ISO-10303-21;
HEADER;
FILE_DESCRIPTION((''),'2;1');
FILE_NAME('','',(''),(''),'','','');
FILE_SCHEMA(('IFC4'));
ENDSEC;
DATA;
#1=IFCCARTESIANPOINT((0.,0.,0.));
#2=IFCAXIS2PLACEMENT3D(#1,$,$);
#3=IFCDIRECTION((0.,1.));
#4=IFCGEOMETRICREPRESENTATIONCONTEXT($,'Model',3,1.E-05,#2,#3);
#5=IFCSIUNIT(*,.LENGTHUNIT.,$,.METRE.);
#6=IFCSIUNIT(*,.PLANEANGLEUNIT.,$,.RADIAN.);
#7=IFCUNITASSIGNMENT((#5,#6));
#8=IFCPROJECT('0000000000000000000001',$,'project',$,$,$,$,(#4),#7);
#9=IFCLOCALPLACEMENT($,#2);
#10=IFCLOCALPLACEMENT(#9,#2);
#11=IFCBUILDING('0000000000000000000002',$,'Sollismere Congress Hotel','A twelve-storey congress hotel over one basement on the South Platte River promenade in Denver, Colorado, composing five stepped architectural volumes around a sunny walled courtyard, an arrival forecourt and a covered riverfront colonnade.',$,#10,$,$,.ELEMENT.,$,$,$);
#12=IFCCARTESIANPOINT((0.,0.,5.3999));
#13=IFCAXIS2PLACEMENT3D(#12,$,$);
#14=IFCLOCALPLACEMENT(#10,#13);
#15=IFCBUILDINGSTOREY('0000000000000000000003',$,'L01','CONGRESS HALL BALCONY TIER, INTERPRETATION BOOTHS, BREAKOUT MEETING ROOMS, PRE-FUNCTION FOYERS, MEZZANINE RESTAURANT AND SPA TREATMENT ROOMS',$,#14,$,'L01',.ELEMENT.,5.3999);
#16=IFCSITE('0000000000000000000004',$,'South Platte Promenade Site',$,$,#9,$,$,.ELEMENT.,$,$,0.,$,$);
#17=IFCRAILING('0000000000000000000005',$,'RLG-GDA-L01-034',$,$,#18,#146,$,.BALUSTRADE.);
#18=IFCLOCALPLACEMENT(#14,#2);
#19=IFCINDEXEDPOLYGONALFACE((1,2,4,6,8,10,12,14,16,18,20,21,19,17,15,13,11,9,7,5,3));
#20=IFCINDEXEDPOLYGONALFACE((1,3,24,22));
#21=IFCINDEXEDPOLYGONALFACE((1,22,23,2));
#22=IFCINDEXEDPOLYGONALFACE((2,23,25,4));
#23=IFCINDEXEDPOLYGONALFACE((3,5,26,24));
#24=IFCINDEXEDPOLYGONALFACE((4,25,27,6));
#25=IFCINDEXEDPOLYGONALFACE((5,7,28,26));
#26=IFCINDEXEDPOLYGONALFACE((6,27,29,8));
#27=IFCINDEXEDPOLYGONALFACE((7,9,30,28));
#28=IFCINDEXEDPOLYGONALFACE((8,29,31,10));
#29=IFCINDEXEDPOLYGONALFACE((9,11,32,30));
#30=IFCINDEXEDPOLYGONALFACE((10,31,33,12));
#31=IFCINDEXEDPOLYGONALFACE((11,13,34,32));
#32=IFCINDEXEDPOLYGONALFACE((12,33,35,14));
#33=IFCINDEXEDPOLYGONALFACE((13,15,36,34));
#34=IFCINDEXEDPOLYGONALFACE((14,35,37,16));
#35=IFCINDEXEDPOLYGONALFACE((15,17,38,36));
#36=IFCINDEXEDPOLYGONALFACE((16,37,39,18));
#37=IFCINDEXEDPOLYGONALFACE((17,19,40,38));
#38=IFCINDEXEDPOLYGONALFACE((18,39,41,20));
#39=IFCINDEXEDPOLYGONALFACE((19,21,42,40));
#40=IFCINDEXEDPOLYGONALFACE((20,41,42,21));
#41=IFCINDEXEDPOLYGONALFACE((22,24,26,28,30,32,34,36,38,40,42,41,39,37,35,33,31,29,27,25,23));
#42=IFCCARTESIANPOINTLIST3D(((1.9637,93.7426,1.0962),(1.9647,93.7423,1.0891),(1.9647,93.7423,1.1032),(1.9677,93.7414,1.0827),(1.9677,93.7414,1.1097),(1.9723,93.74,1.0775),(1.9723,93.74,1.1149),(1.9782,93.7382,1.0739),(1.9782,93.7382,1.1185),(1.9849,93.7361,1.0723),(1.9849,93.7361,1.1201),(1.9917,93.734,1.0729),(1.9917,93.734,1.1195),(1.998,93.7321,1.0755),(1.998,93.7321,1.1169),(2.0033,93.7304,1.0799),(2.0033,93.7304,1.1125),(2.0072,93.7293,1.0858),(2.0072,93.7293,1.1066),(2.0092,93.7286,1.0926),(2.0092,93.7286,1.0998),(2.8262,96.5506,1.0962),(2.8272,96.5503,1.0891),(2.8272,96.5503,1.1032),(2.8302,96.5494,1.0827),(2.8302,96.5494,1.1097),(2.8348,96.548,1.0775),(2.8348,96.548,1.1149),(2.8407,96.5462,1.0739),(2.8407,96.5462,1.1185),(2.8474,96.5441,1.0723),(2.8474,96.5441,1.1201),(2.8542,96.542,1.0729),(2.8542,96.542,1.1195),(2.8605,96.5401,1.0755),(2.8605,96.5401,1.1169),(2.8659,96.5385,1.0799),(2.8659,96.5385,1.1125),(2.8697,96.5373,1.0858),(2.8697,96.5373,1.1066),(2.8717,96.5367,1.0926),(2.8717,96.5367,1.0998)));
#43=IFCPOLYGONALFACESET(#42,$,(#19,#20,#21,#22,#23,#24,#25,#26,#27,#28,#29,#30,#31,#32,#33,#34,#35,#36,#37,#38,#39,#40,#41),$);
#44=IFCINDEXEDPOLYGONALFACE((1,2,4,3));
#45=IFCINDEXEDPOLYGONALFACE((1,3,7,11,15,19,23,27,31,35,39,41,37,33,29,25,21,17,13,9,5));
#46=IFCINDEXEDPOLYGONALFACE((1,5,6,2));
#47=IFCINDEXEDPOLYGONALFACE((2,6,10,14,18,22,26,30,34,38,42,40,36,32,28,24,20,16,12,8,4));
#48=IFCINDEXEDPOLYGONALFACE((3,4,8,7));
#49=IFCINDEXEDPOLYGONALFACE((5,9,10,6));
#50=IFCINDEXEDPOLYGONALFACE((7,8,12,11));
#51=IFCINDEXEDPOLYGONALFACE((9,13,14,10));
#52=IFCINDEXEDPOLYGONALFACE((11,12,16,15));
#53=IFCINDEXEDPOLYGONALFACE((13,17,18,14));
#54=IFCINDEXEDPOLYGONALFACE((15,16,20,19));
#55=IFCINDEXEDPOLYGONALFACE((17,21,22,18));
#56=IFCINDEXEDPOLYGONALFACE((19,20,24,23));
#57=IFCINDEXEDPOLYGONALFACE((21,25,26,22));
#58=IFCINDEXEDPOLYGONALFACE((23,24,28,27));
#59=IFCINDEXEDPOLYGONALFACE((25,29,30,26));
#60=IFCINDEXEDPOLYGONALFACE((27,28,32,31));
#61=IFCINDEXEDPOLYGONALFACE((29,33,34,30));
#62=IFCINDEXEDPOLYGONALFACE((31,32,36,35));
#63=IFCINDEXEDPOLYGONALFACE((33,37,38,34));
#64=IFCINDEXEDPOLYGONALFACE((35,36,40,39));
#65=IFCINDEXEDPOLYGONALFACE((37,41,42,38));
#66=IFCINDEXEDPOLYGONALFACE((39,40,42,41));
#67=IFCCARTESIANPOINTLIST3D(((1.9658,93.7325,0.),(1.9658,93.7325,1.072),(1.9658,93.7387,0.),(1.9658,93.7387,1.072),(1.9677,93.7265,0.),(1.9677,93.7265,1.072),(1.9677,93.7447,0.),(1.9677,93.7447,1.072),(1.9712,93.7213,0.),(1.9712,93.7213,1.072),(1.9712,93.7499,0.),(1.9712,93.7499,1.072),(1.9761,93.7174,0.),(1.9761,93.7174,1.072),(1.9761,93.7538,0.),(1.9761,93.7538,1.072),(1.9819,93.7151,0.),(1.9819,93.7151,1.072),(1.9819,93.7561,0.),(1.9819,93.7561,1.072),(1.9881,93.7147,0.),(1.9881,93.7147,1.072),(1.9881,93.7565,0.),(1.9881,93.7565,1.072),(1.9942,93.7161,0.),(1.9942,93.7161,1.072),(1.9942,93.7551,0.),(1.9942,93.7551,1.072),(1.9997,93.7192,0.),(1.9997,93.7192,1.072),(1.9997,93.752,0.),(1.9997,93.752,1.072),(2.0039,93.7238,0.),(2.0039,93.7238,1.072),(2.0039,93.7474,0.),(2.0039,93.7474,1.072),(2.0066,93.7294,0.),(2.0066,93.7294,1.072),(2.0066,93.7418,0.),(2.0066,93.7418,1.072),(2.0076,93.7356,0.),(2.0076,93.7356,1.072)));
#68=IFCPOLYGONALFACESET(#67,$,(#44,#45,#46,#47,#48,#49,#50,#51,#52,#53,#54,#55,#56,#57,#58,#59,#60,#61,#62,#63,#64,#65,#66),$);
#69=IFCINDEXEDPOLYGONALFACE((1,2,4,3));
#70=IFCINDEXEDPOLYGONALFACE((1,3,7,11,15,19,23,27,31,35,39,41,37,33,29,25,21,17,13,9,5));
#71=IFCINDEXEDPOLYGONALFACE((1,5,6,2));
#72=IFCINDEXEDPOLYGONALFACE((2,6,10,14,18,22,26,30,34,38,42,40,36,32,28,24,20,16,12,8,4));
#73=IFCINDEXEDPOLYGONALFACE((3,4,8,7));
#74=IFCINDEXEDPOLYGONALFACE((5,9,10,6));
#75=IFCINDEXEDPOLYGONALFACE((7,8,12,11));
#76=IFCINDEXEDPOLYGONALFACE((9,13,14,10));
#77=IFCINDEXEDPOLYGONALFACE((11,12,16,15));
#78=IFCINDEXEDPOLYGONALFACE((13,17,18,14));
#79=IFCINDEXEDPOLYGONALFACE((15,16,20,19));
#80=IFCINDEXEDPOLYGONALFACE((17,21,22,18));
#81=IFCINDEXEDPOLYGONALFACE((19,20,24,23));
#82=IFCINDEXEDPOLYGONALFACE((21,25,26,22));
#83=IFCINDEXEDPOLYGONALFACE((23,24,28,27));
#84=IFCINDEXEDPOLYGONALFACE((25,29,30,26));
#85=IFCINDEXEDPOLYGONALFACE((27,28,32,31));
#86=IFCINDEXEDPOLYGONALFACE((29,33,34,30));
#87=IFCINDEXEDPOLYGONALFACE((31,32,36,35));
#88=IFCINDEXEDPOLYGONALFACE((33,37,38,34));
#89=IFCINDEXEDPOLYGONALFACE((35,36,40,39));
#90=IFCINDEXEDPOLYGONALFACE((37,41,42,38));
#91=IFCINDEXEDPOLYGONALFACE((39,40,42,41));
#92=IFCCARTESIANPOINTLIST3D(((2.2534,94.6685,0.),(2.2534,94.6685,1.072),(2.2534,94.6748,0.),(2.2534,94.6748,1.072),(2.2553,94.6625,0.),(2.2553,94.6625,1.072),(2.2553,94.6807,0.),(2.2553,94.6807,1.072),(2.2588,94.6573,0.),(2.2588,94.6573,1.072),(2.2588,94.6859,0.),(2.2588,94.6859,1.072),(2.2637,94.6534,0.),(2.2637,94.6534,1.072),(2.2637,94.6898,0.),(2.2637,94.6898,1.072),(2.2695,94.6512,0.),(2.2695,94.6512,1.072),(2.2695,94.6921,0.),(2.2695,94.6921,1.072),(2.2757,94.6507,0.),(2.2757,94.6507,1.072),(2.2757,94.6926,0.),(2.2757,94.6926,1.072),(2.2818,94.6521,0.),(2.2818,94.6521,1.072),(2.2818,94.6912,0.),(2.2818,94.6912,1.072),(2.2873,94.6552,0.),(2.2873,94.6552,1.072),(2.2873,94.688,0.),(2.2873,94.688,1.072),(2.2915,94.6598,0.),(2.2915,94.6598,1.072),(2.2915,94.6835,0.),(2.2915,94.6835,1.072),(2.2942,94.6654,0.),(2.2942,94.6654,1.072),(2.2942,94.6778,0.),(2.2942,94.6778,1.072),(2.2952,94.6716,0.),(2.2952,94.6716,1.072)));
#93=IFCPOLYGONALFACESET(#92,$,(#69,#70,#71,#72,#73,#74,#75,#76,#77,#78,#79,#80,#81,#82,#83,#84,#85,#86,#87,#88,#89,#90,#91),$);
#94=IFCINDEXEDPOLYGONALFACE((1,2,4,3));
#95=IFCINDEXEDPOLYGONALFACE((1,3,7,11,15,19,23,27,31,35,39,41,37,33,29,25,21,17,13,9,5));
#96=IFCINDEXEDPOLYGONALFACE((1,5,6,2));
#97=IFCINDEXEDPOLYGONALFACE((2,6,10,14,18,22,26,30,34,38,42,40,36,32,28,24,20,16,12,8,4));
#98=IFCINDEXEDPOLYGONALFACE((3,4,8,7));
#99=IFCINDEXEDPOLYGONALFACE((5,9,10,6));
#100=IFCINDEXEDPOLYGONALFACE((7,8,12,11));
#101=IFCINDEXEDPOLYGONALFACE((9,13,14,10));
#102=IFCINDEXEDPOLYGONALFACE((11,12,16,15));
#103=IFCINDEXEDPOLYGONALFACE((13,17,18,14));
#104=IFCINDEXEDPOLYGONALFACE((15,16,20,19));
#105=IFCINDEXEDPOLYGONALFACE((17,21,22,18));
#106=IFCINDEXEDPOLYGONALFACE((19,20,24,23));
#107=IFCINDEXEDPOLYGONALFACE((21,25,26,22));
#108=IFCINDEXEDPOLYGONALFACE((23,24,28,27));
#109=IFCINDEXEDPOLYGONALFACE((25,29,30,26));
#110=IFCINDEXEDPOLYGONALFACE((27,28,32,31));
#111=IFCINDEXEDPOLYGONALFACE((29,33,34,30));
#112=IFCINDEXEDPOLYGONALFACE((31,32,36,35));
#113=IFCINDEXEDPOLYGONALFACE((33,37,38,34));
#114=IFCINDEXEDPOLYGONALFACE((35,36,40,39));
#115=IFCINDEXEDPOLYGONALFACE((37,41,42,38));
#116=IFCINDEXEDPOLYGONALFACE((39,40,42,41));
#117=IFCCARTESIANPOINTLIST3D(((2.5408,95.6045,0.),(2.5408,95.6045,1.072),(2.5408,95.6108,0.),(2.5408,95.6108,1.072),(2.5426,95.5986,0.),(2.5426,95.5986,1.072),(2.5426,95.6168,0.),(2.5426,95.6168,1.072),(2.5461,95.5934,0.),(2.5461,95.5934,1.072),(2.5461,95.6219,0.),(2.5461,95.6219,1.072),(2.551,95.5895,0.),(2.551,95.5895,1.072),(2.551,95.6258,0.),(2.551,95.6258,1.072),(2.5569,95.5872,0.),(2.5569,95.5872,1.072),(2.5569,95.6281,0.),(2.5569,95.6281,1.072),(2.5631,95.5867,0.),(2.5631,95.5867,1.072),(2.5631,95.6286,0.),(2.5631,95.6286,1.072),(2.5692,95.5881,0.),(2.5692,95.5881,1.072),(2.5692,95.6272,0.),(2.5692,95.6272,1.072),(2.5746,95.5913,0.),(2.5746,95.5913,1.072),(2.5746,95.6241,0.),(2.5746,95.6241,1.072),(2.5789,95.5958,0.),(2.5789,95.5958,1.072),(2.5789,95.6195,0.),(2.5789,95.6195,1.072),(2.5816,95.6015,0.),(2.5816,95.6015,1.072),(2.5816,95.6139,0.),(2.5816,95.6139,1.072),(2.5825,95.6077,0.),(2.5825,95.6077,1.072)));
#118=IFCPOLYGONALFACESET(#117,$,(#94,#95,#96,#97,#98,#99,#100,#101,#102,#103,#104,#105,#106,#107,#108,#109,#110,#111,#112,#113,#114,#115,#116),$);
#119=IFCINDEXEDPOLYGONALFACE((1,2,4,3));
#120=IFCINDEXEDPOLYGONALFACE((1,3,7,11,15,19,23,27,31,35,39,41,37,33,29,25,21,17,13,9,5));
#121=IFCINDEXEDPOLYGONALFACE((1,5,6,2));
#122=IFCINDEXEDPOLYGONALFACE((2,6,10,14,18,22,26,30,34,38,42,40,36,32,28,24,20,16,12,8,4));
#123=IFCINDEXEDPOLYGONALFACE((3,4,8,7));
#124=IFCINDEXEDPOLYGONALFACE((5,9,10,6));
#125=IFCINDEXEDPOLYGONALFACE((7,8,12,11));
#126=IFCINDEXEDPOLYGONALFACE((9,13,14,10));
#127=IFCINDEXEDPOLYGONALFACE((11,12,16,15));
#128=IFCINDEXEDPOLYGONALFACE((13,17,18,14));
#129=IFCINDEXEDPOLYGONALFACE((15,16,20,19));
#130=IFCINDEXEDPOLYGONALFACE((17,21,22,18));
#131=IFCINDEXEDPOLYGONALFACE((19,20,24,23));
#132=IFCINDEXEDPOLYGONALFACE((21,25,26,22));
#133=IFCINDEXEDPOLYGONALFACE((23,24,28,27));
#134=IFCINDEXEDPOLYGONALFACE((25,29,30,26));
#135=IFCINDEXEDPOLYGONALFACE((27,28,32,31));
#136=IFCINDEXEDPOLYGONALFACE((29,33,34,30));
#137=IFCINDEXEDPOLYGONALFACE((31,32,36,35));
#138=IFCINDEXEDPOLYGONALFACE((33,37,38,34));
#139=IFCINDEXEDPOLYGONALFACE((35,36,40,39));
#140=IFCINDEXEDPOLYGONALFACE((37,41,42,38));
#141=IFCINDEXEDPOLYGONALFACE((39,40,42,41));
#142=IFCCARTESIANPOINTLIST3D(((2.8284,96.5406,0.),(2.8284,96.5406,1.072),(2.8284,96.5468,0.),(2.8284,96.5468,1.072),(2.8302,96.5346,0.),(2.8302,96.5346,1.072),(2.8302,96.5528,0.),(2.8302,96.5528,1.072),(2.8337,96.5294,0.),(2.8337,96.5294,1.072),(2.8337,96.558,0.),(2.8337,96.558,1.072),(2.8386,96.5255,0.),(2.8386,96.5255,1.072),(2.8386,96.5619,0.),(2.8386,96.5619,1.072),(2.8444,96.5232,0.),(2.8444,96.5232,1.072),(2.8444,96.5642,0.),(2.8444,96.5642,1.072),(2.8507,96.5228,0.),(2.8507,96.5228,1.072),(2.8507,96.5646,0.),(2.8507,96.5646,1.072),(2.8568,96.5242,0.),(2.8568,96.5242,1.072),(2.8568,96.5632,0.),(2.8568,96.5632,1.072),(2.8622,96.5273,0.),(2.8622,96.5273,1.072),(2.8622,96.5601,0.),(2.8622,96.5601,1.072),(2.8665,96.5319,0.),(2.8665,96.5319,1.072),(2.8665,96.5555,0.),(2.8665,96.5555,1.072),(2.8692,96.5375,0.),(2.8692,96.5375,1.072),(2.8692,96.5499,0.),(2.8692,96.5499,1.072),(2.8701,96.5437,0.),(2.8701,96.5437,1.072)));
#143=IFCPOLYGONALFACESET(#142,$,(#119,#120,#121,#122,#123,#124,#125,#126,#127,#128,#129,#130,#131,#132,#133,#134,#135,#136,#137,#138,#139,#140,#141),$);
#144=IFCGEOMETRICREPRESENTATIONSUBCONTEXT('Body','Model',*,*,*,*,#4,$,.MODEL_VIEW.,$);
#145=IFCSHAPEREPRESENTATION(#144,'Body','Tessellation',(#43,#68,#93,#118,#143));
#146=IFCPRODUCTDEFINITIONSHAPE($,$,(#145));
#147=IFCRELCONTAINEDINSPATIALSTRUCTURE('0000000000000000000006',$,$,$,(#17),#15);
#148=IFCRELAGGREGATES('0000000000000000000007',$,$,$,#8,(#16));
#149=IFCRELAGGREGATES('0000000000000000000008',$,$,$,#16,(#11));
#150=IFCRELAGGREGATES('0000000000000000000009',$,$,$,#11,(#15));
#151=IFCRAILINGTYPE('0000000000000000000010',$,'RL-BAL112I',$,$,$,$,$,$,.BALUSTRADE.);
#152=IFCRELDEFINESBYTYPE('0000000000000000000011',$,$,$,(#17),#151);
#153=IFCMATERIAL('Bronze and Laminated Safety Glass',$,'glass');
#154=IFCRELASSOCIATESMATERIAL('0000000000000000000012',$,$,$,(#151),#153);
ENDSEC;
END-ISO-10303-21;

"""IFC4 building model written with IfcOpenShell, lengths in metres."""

from ifc_helpers import new_model, si_unit, direction, frame, origin, origin_2d, place, context, subcontext, project, spatial, circle, extrude, material, type_object, element, save


model = new_model("IFC4")

# Units and contexts
model_context = context("Model", 3, precision=1e-05, world=origin(), true_north=direction((0.0, 1.0)))
body_context = subcontext(model_context, "Body", "Model", "MODEL_VIEW")
ifc_project = project(units=[si_unit("LENGTHUNIT", "METRE"), si_unit("PLANEANGLEUNIT", "RADIAN")], contexts=[model_context])

# Site, building, storey
site_placement = place(None, origin())
site = spatial("IfcSite", under=ifc_project, at=site_placement, Name="South Platte Promenade Site", CompositionType="ELEMENT", RefElevation=0.0)
building_placement = place(site_placement, origin())
building = spatial("IfcBuilding", under=site, at=building_placement, Name="Sollismere Congress Hotel", Description="A twelve-storey congress hotel over one basement on the South Platte River promenade in Denver, Colorado, composing five stepped architectural volumes around a sunny walled courtyard, an arrival forecourt and a covered riverfront colonnade.", CompositionType="ELEMENT")
storey_placement = place(building_placement, frame((0.0, 0.0, 5.3999)))
storey = spatial("IfcBuildingStorey", under=building, at=storey_placement, Name="L01", Description="CONGRESS HALL BALCONY TIER, INTERPRETATION BOOTHS, BREAKOUT MEETING ROOMS, PRE-FUNCTION FOYERS, MEZZANINE RESTAURANT AND SPA TREATMENT ROOMS", LongName="L01", CompositionType="ELEMENT", Elevation=5.3999)

# Railing
ifc_material_1 = material(Name="Bronze and Laminated Safety Glass", Category="glass")
railing_type = type_object("IfcRailingType", Name="RL-BAL112I", PredefinedType="BALUSTRADE", material=ifc_material_1)
railing_1_placement = place(storey_placement, frame((1.9866, 93.7356, 0.0)))
element("IfcRailing", 1, at=railing_1_placement, inside=storey, type_object=railing_type, Name="RLG-GDA-L01-034", PredefinedType="BALUSTRADE", context=body_context, shape_type="SweptSolid", body=[
    extrude(circle(Radius=0.0239, at=origin_2d()), frame((0.0, 0.0, 1.0962), z_axis=(0.293624, 0.955921, 0.0), x_axis=(-0.955921, 0.293624, 0.0)), (0.0, 0.0, 1.0), 2.9375),
    extrude(circle(Radius=0.021, at=origin_2d()), origin(), (0.0, 0.0, 1.0), 1.072),
    extrude(circle(Radius=0.021, at=origin_2d()), frame((0.2876, 0.936, 0.0)), (0.0, 0.0, 1.0), 1.072),
    extrude(circle(Radius=0.021, at=origin_2d()), frame((0.575, 1.8721, 0.0)), (0.0, 0.0, 1.0), 1.072),
    extrude(circle(Radius=0.021, at=origin_2d()), frame((0.8625, 2.8081, 0.0)), (0.0, 0.0, 1.0), 1.072),
])

save(model, "model.ifc")
